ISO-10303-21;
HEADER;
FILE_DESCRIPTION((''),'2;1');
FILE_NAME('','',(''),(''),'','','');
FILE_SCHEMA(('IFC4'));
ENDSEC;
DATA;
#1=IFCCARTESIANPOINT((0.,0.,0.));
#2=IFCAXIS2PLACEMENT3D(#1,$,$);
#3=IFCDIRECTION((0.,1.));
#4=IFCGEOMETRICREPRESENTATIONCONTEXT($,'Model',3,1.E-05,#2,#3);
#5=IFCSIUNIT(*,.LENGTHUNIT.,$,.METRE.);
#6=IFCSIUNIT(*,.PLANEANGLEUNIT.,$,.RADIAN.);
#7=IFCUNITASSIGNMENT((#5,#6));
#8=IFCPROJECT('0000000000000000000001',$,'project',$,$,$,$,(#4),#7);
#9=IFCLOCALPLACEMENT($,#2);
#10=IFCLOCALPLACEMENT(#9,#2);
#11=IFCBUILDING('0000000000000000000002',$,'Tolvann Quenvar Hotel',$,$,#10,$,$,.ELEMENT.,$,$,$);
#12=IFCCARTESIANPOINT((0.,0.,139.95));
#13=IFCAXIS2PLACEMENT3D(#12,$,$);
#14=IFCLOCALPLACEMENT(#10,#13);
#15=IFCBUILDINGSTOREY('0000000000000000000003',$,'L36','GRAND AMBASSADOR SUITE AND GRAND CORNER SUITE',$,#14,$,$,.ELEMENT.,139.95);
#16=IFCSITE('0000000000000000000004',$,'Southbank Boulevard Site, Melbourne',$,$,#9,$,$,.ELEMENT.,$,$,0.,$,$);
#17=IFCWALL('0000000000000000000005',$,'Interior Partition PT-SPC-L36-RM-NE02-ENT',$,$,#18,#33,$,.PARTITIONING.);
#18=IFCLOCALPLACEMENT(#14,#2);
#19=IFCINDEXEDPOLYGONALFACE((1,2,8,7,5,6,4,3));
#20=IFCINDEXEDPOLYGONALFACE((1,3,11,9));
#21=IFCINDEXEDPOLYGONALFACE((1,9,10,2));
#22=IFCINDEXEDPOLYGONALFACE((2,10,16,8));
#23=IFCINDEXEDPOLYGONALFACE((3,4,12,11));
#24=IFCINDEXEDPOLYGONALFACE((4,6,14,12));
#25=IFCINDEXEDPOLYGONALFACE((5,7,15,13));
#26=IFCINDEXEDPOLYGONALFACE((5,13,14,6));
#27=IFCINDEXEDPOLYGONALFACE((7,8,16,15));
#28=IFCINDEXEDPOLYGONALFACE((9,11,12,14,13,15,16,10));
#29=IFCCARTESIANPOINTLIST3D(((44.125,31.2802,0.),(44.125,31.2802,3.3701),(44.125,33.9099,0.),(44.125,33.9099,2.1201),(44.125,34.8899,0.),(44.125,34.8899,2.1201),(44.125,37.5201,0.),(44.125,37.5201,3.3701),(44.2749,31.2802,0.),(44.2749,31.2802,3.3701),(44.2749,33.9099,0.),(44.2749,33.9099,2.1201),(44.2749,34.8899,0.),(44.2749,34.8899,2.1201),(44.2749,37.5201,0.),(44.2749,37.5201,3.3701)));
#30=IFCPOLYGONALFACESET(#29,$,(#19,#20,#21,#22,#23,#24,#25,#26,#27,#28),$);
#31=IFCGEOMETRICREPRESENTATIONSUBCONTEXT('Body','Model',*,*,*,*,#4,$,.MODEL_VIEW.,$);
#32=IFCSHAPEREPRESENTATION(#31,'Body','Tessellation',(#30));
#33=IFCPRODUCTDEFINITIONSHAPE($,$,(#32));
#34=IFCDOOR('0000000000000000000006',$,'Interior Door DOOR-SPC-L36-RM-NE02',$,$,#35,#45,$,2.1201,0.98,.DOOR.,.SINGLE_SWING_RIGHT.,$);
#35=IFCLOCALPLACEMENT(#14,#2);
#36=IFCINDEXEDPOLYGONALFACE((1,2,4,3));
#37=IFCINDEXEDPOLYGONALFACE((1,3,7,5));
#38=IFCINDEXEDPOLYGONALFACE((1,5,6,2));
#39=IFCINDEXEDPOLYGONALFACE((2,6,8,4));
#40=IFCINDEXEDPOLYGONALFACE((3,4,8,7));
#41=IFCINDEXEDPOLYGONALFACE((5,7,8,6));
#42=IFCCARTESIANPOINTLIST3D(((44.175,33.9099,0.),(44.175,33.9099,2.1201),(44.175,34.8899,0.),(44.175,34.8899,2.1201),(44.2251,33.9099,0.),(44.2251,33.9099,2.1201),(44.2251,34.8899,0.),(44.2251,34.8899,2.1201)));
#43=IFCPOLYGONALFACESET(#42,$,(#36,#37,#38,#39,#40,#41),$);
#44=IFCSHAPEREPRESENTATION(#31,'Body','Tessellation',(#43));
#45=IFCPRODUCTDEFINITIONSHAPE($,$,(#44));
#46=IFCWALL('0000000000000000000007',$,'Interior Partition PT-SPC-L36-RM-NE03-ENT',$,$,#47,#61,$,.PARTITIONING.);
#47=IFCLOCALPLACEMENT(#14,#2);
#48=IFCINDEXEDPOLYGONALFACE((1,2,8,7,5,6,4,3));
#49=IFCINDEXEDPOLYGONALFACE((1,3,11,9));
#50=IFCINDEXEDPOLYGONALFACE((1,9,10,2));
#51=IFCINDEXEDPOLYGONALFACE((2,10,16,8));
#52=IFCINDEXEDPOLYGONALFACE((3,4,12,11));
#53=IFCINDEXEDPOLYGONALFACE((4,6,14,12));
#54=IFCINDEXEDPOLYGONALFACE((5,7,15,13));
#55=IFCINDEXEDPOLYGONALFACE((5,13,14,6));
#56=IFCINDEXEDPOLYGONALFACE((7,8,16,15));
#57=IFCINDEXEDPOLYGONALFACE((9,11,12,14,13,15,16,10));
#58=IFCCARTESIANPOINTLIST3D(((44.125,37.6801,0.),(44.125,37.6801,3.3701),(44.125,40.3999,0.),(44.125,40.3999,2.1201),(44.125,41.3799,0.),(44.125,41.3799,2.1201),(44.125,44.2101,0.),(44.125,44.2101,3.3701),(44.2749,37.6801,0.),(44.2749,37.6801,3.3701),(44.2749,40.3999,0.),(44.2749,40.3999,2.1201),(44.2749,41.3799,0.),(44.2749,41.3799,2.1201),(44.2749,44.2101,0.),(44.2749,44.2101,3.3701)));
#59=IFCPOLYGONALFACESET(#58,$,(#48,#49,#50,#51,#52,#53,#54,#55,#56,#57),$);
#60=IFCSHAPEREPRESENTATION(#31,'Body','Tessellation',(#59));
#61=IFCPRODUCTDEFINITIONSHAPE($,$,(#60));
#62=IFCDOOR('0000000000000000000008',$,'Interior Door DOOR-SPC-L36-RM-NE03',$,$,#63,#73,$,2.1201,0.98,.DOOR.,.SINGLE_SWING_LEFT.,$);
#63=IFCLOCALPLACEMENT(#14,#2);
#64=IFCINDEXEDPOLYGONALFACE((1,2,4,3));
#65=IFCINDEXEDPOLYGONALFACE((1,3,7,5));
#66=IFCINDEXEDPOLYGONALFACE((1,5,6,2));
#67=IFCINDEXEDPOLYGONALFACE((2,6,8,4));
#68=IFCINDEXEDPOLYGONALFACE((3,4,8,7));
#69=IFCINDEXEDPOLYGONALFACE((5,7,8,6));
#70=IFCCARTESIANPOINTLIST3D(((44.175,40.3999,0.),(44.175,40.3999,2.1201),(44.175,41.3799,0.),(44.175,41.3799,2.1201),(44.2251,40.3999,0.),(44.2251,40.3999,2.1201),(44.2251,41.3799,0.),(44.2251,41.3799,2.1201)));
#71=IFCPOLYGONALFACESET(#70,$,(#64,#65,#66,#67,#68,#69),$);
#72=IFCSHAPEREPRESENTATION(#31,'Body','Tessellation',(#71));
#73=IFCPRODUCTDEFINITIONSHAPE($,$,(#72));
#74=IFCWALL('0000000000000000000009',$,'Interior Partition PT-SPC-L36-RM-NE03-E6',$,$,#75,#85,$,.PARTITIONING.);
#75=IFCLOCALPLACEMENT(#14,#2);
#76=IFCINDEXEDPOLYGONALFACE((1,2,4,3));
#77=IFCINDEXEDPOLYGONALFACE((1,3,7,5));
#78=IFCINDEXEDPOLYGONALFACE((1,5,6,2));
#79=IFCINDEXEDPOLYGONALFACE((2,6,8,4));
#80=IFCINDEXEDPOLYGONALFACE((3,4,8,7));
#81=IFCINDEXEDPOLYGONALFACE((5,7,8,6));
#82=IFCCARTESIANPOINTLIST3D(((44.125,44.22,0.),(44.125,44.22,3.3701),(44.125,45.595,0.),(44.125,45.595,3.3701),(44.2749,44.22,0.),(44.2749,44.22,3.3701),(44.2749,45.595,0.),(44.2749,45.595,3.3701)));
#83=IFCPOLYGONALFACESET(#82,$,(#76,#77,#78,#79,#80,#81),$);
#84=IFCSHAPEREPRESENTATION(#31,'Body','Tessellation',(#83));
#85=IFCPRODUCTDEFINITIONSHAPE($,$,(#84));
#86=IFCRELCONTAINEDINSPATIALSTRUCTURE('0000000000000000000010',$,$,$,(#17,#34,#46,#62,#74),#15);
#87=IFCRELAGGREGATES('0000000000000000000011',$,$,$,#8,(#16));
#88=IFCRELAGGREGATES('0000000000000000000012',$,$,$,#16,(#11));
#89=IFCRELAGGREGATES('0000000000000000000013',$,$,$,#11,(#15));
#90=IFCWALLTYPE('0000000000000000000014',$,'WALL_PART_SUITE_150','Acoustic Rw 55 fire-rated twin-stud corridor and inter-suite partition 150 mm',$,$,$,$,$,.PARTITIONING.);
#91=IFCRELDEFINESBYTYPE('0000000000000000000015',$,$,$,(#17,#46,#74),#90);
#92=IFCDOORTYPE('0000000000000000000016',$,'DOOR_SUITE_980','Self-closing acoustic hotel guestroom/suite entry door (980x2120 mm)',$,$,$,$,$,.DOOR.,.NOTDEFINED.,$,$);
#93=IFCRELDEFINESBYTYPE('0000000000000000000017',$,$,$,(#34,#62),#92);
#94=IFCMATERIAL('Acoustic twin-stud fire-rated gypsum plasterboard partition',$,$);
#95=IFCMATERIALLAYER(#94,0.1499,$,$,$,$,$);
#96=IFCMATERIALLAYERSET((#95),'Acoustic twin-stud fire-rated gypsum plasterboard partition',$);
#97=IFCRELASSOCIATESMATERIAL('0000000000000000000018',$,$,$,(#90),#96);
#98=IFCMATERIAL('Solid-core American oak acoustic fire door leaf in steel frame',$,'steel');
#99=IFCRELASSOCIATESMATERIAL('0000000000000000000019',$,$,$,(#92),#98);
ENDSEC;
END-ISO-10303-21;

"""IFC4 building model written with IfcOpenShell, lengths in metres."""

from ifc_helpers import new_model, si_unit, direction, frame, frame_2d, origin, place, context, subcontext, project, spatial, rectangle, extrude, source, transform, mapped, material, layer, layer_set, type_object, type_shapes, element, fill, save


model = new_model("IFC4")

# Units and contexts
model_context = context("Model", 3, precision=1e-05, world=origin(), true_north=direction((0.0, 1.0)))
body_context = subcontext(model_context, "Body", "Model", "MODEL_VIEW")
ifc_project = project(units=[si_unit("LENGTHUNIT", "METRE"), si_unit("PLANEANGLEUNIT", "RADIAN")], contexts=[model_context])

# Site, building, storey
site_placement = place(None, origin())
site = spatial("IfcSite", under=ifc_project, at=site_placement, Name="Southbank Boulevard Site, Melbourne", CompositionType="ELEMENT", RefElevation=0.0)
building_placement = place(site_placement, origin())
building = spatial("IfcBuilding", under=site, at=building_placement, Name="Tolvann Quenvar Hotel", CompositionType="ELEMENT")
storey_placement = place(building_placement, frame((0.0, 0.0, 139.95)))
storey = spatial("IfcBuildingStorey", under=building, at=storey_placement, Name="L36", Description="GRAND AMBASSADOR SUITE AND GRAND CORNER SUITE", CompositionType="ELEMENT", Elevation=139.95)

# Shared definitions
ifc_material_1 = material(Name="Acoustic twin-stud fire-rated gypsum plasterboard partition")
ifc_layer_1 = layer(ifc_material_1, 0.1499)
ifc_layer_set_1 = layer_set([ifc_layer_1], Name="Acoustic twin-stud fire-rated gypsum plasterboard partition")
wall_type_1 = type_object("IfcWallType", Name="WALL_PART_SUITE_150", Description="Acoustic Rw 55 fire-rated twin-stud corridor and inter-suite partition 150 mm", PredefinedType="PARTITIONING", material=ifc_layer_set_1)

# Walls, openings, doors
wall_1_placement = place(storey_placement, frame((44.2, 31.28, 0.0), z_axis=(0.0, 0.0, 1.0), x_axis=(0.0, 1.0, 0.0)))
wall_1 = element("IfcWall", 1, at=wall_1_placement, inside=storey, type_object=wall_type_1, Name="Interior Partition PT-SPC-L36-RM-NE02-ENT", PredefinedType="PARTITIONING", context=body_context, shape_type="SweptSolid", body=[
    extrude(rectangle(XDim=6.24, YDim=0.1499, at=frame_2d((3.1201, 0.0))), origin(), (0.0, 0.0, 1.0), 3.3701),
])
opening_1_placement = place(wall_1_placement, frame((2.6299, 0.0, 0.0)))
opening_1 = element("IfcOpeningElement", 2, at=opening_1_placement, cuts=wall_1, PredefinedType="OPENING", context=body_context, shape_type="SweptSolid", body=[
    extrude(rectangle(XDim=0.98, YDim=2.1201, at=frame_2d((0.49, 1.0601))), frame((0.0, 0.085, 0.0), z_axis=(0.0, -1.0, 0.0), x_axis=(1.0, 0.0, 0.0)), (0.0, 0.0, 1.0), 0.1699),
])
ifc_material_2 = material(Name="Solid-core American oak acoustic fire door leaf in steel frame", Category="steel")
door_type = type_object("IfcDoorType", Name="DOOR_SUITE_980", Description="Self-closing acoustic hotel guestroom/suite entry door (980x2120 mm)", OperationType="NOTDEFINED", PredefinedType="DOOR", material=ifc_material_2)
shared_shape_1 = source(origin(), body_context, "Body", "SweptSolid", [
    extrude(rectangle(XDim=0.98, YDim=2.1201, at=frame_2d((0.49, 1.0601))), frame((0.0, 0.0249, 0.0), z_axis=(0.0, -1.0, 0.0), x_axis=(1.0, 0.0, 0.0)), (0.0, 0.0, 1.0), 0.05),
])
type_shapes(door_type, [shared_shape_1])
door_1_placement = place(opening_1_placement, origin())
door_1 = element("IfcDoor", 3, at=door_1_placement, inside=storey, type_object=door_type, Name="Interior Door DOOR-SPC-L36-RM-NE02", OperationType="SINGLE_SWING_RIGHT", OverallHeight=2.1201, OverallWidth=0.98, PredefinedType="DOOR", context=body_context, shape_type="MappedRepresentation", body=[
    mapped(shared_shape_1, transform((0.0, 0.0, 0.0), x_axis=(1.0, 0.0, 0.0), y_axis=(0.0, 1.0, 0.0), z_axis=(0.0, 0.0, 1.0), scale=1.0)),
])
fill(opening_1, door_1)
wall_2_placement = place(storey_placement, frame((44.2, 37.6799, 0.0), z_axis=(0.0, 0.0, 1.0), x_axis=(0.0, 1.0, 0.0)))
wall_2 = element("IfcWall", 4, at=wall_2_placement, inside=storey, type_object=wall_type_1, Name="Interior Partition PT-SPC-L36-RM-NE03-ENT", PredefinedType="PARTITIONING", context=body_context, shape_type="SweptSolid", body=[
    extrude(rectangle(XDim=6.53, YDim=0.1499, at=frame_2d((3.2651, 0.0))), origin(), (0.0, 0.0, 1.0), 3.3701),
])
opening_2_placement = place(wall_2_placement, frame((2.72, 0.0, 0.0)))
opening_2 = element("IfcOpeningElement", 5, at=opening_2_placement, cuts=wall_2, PredefinedType="OPENING", context=body_context, shape_type="SweptSolid", body=[
    extrude(rectangle(XDim=0.98, YDim=2.1201, at=frame_2d((0.49, 1.0601))), frame((0.0, 0.085, 0.0), z_axis=(0.0, -1.0, 0.0), x_axis=(1.0, 0.0, 0.0)), (0.0, 0.0, 1.0), 0.1699),
])
door_2_placement = place(opening_2_placement, origin())
door_2 = element("IfcDoor", 6, at=door_2_placement, inside=storey, type_object=door_type, Name="Interior Door DOOR-SPC-L36-RM-NE03", OperationType="SINGLE_SWING_LEFT", OverallHeight=2.1201, OverallWidth=0.98, PredefinedType="DOOR", context=body_context, shape_type="MappedRepresentation", body=[
    mapped(shared_shape_1, transform((0.0, 0.0, 0.0), x_axis=(1.0, 0.0, 0.0), y_axis=(0.0, 1.0, 0.0), z_axis=(0.0, 0.0, 1.0), scale=1.0)),
])
fill(opening_2, door_2)

# Wall
wall_3_placement = place(storey_placement, frame((44.2, 44.22, 0.0), z_axis=(0.0, 0.0, 1.0), x_axis=(0.0, 1.0, 0.0)))
element("IfcWall", 7, at=wall_3_placement, inside=storey, type_object=wall_type_1, Name="Interior Partition PT-SPC-L36-RM-NE03-E6", PredefinedType="PARTITIONING", context=body_context, shape_type="SweptSolid", body=[
    extrude(rectangle(XDim=1.375, YDim=0.1499, at=frame_2d((0.6875, 0.0))), origin(), (0.0, 0.0, 1.0), 3.3701),
])

save(model, "model.ifc")
